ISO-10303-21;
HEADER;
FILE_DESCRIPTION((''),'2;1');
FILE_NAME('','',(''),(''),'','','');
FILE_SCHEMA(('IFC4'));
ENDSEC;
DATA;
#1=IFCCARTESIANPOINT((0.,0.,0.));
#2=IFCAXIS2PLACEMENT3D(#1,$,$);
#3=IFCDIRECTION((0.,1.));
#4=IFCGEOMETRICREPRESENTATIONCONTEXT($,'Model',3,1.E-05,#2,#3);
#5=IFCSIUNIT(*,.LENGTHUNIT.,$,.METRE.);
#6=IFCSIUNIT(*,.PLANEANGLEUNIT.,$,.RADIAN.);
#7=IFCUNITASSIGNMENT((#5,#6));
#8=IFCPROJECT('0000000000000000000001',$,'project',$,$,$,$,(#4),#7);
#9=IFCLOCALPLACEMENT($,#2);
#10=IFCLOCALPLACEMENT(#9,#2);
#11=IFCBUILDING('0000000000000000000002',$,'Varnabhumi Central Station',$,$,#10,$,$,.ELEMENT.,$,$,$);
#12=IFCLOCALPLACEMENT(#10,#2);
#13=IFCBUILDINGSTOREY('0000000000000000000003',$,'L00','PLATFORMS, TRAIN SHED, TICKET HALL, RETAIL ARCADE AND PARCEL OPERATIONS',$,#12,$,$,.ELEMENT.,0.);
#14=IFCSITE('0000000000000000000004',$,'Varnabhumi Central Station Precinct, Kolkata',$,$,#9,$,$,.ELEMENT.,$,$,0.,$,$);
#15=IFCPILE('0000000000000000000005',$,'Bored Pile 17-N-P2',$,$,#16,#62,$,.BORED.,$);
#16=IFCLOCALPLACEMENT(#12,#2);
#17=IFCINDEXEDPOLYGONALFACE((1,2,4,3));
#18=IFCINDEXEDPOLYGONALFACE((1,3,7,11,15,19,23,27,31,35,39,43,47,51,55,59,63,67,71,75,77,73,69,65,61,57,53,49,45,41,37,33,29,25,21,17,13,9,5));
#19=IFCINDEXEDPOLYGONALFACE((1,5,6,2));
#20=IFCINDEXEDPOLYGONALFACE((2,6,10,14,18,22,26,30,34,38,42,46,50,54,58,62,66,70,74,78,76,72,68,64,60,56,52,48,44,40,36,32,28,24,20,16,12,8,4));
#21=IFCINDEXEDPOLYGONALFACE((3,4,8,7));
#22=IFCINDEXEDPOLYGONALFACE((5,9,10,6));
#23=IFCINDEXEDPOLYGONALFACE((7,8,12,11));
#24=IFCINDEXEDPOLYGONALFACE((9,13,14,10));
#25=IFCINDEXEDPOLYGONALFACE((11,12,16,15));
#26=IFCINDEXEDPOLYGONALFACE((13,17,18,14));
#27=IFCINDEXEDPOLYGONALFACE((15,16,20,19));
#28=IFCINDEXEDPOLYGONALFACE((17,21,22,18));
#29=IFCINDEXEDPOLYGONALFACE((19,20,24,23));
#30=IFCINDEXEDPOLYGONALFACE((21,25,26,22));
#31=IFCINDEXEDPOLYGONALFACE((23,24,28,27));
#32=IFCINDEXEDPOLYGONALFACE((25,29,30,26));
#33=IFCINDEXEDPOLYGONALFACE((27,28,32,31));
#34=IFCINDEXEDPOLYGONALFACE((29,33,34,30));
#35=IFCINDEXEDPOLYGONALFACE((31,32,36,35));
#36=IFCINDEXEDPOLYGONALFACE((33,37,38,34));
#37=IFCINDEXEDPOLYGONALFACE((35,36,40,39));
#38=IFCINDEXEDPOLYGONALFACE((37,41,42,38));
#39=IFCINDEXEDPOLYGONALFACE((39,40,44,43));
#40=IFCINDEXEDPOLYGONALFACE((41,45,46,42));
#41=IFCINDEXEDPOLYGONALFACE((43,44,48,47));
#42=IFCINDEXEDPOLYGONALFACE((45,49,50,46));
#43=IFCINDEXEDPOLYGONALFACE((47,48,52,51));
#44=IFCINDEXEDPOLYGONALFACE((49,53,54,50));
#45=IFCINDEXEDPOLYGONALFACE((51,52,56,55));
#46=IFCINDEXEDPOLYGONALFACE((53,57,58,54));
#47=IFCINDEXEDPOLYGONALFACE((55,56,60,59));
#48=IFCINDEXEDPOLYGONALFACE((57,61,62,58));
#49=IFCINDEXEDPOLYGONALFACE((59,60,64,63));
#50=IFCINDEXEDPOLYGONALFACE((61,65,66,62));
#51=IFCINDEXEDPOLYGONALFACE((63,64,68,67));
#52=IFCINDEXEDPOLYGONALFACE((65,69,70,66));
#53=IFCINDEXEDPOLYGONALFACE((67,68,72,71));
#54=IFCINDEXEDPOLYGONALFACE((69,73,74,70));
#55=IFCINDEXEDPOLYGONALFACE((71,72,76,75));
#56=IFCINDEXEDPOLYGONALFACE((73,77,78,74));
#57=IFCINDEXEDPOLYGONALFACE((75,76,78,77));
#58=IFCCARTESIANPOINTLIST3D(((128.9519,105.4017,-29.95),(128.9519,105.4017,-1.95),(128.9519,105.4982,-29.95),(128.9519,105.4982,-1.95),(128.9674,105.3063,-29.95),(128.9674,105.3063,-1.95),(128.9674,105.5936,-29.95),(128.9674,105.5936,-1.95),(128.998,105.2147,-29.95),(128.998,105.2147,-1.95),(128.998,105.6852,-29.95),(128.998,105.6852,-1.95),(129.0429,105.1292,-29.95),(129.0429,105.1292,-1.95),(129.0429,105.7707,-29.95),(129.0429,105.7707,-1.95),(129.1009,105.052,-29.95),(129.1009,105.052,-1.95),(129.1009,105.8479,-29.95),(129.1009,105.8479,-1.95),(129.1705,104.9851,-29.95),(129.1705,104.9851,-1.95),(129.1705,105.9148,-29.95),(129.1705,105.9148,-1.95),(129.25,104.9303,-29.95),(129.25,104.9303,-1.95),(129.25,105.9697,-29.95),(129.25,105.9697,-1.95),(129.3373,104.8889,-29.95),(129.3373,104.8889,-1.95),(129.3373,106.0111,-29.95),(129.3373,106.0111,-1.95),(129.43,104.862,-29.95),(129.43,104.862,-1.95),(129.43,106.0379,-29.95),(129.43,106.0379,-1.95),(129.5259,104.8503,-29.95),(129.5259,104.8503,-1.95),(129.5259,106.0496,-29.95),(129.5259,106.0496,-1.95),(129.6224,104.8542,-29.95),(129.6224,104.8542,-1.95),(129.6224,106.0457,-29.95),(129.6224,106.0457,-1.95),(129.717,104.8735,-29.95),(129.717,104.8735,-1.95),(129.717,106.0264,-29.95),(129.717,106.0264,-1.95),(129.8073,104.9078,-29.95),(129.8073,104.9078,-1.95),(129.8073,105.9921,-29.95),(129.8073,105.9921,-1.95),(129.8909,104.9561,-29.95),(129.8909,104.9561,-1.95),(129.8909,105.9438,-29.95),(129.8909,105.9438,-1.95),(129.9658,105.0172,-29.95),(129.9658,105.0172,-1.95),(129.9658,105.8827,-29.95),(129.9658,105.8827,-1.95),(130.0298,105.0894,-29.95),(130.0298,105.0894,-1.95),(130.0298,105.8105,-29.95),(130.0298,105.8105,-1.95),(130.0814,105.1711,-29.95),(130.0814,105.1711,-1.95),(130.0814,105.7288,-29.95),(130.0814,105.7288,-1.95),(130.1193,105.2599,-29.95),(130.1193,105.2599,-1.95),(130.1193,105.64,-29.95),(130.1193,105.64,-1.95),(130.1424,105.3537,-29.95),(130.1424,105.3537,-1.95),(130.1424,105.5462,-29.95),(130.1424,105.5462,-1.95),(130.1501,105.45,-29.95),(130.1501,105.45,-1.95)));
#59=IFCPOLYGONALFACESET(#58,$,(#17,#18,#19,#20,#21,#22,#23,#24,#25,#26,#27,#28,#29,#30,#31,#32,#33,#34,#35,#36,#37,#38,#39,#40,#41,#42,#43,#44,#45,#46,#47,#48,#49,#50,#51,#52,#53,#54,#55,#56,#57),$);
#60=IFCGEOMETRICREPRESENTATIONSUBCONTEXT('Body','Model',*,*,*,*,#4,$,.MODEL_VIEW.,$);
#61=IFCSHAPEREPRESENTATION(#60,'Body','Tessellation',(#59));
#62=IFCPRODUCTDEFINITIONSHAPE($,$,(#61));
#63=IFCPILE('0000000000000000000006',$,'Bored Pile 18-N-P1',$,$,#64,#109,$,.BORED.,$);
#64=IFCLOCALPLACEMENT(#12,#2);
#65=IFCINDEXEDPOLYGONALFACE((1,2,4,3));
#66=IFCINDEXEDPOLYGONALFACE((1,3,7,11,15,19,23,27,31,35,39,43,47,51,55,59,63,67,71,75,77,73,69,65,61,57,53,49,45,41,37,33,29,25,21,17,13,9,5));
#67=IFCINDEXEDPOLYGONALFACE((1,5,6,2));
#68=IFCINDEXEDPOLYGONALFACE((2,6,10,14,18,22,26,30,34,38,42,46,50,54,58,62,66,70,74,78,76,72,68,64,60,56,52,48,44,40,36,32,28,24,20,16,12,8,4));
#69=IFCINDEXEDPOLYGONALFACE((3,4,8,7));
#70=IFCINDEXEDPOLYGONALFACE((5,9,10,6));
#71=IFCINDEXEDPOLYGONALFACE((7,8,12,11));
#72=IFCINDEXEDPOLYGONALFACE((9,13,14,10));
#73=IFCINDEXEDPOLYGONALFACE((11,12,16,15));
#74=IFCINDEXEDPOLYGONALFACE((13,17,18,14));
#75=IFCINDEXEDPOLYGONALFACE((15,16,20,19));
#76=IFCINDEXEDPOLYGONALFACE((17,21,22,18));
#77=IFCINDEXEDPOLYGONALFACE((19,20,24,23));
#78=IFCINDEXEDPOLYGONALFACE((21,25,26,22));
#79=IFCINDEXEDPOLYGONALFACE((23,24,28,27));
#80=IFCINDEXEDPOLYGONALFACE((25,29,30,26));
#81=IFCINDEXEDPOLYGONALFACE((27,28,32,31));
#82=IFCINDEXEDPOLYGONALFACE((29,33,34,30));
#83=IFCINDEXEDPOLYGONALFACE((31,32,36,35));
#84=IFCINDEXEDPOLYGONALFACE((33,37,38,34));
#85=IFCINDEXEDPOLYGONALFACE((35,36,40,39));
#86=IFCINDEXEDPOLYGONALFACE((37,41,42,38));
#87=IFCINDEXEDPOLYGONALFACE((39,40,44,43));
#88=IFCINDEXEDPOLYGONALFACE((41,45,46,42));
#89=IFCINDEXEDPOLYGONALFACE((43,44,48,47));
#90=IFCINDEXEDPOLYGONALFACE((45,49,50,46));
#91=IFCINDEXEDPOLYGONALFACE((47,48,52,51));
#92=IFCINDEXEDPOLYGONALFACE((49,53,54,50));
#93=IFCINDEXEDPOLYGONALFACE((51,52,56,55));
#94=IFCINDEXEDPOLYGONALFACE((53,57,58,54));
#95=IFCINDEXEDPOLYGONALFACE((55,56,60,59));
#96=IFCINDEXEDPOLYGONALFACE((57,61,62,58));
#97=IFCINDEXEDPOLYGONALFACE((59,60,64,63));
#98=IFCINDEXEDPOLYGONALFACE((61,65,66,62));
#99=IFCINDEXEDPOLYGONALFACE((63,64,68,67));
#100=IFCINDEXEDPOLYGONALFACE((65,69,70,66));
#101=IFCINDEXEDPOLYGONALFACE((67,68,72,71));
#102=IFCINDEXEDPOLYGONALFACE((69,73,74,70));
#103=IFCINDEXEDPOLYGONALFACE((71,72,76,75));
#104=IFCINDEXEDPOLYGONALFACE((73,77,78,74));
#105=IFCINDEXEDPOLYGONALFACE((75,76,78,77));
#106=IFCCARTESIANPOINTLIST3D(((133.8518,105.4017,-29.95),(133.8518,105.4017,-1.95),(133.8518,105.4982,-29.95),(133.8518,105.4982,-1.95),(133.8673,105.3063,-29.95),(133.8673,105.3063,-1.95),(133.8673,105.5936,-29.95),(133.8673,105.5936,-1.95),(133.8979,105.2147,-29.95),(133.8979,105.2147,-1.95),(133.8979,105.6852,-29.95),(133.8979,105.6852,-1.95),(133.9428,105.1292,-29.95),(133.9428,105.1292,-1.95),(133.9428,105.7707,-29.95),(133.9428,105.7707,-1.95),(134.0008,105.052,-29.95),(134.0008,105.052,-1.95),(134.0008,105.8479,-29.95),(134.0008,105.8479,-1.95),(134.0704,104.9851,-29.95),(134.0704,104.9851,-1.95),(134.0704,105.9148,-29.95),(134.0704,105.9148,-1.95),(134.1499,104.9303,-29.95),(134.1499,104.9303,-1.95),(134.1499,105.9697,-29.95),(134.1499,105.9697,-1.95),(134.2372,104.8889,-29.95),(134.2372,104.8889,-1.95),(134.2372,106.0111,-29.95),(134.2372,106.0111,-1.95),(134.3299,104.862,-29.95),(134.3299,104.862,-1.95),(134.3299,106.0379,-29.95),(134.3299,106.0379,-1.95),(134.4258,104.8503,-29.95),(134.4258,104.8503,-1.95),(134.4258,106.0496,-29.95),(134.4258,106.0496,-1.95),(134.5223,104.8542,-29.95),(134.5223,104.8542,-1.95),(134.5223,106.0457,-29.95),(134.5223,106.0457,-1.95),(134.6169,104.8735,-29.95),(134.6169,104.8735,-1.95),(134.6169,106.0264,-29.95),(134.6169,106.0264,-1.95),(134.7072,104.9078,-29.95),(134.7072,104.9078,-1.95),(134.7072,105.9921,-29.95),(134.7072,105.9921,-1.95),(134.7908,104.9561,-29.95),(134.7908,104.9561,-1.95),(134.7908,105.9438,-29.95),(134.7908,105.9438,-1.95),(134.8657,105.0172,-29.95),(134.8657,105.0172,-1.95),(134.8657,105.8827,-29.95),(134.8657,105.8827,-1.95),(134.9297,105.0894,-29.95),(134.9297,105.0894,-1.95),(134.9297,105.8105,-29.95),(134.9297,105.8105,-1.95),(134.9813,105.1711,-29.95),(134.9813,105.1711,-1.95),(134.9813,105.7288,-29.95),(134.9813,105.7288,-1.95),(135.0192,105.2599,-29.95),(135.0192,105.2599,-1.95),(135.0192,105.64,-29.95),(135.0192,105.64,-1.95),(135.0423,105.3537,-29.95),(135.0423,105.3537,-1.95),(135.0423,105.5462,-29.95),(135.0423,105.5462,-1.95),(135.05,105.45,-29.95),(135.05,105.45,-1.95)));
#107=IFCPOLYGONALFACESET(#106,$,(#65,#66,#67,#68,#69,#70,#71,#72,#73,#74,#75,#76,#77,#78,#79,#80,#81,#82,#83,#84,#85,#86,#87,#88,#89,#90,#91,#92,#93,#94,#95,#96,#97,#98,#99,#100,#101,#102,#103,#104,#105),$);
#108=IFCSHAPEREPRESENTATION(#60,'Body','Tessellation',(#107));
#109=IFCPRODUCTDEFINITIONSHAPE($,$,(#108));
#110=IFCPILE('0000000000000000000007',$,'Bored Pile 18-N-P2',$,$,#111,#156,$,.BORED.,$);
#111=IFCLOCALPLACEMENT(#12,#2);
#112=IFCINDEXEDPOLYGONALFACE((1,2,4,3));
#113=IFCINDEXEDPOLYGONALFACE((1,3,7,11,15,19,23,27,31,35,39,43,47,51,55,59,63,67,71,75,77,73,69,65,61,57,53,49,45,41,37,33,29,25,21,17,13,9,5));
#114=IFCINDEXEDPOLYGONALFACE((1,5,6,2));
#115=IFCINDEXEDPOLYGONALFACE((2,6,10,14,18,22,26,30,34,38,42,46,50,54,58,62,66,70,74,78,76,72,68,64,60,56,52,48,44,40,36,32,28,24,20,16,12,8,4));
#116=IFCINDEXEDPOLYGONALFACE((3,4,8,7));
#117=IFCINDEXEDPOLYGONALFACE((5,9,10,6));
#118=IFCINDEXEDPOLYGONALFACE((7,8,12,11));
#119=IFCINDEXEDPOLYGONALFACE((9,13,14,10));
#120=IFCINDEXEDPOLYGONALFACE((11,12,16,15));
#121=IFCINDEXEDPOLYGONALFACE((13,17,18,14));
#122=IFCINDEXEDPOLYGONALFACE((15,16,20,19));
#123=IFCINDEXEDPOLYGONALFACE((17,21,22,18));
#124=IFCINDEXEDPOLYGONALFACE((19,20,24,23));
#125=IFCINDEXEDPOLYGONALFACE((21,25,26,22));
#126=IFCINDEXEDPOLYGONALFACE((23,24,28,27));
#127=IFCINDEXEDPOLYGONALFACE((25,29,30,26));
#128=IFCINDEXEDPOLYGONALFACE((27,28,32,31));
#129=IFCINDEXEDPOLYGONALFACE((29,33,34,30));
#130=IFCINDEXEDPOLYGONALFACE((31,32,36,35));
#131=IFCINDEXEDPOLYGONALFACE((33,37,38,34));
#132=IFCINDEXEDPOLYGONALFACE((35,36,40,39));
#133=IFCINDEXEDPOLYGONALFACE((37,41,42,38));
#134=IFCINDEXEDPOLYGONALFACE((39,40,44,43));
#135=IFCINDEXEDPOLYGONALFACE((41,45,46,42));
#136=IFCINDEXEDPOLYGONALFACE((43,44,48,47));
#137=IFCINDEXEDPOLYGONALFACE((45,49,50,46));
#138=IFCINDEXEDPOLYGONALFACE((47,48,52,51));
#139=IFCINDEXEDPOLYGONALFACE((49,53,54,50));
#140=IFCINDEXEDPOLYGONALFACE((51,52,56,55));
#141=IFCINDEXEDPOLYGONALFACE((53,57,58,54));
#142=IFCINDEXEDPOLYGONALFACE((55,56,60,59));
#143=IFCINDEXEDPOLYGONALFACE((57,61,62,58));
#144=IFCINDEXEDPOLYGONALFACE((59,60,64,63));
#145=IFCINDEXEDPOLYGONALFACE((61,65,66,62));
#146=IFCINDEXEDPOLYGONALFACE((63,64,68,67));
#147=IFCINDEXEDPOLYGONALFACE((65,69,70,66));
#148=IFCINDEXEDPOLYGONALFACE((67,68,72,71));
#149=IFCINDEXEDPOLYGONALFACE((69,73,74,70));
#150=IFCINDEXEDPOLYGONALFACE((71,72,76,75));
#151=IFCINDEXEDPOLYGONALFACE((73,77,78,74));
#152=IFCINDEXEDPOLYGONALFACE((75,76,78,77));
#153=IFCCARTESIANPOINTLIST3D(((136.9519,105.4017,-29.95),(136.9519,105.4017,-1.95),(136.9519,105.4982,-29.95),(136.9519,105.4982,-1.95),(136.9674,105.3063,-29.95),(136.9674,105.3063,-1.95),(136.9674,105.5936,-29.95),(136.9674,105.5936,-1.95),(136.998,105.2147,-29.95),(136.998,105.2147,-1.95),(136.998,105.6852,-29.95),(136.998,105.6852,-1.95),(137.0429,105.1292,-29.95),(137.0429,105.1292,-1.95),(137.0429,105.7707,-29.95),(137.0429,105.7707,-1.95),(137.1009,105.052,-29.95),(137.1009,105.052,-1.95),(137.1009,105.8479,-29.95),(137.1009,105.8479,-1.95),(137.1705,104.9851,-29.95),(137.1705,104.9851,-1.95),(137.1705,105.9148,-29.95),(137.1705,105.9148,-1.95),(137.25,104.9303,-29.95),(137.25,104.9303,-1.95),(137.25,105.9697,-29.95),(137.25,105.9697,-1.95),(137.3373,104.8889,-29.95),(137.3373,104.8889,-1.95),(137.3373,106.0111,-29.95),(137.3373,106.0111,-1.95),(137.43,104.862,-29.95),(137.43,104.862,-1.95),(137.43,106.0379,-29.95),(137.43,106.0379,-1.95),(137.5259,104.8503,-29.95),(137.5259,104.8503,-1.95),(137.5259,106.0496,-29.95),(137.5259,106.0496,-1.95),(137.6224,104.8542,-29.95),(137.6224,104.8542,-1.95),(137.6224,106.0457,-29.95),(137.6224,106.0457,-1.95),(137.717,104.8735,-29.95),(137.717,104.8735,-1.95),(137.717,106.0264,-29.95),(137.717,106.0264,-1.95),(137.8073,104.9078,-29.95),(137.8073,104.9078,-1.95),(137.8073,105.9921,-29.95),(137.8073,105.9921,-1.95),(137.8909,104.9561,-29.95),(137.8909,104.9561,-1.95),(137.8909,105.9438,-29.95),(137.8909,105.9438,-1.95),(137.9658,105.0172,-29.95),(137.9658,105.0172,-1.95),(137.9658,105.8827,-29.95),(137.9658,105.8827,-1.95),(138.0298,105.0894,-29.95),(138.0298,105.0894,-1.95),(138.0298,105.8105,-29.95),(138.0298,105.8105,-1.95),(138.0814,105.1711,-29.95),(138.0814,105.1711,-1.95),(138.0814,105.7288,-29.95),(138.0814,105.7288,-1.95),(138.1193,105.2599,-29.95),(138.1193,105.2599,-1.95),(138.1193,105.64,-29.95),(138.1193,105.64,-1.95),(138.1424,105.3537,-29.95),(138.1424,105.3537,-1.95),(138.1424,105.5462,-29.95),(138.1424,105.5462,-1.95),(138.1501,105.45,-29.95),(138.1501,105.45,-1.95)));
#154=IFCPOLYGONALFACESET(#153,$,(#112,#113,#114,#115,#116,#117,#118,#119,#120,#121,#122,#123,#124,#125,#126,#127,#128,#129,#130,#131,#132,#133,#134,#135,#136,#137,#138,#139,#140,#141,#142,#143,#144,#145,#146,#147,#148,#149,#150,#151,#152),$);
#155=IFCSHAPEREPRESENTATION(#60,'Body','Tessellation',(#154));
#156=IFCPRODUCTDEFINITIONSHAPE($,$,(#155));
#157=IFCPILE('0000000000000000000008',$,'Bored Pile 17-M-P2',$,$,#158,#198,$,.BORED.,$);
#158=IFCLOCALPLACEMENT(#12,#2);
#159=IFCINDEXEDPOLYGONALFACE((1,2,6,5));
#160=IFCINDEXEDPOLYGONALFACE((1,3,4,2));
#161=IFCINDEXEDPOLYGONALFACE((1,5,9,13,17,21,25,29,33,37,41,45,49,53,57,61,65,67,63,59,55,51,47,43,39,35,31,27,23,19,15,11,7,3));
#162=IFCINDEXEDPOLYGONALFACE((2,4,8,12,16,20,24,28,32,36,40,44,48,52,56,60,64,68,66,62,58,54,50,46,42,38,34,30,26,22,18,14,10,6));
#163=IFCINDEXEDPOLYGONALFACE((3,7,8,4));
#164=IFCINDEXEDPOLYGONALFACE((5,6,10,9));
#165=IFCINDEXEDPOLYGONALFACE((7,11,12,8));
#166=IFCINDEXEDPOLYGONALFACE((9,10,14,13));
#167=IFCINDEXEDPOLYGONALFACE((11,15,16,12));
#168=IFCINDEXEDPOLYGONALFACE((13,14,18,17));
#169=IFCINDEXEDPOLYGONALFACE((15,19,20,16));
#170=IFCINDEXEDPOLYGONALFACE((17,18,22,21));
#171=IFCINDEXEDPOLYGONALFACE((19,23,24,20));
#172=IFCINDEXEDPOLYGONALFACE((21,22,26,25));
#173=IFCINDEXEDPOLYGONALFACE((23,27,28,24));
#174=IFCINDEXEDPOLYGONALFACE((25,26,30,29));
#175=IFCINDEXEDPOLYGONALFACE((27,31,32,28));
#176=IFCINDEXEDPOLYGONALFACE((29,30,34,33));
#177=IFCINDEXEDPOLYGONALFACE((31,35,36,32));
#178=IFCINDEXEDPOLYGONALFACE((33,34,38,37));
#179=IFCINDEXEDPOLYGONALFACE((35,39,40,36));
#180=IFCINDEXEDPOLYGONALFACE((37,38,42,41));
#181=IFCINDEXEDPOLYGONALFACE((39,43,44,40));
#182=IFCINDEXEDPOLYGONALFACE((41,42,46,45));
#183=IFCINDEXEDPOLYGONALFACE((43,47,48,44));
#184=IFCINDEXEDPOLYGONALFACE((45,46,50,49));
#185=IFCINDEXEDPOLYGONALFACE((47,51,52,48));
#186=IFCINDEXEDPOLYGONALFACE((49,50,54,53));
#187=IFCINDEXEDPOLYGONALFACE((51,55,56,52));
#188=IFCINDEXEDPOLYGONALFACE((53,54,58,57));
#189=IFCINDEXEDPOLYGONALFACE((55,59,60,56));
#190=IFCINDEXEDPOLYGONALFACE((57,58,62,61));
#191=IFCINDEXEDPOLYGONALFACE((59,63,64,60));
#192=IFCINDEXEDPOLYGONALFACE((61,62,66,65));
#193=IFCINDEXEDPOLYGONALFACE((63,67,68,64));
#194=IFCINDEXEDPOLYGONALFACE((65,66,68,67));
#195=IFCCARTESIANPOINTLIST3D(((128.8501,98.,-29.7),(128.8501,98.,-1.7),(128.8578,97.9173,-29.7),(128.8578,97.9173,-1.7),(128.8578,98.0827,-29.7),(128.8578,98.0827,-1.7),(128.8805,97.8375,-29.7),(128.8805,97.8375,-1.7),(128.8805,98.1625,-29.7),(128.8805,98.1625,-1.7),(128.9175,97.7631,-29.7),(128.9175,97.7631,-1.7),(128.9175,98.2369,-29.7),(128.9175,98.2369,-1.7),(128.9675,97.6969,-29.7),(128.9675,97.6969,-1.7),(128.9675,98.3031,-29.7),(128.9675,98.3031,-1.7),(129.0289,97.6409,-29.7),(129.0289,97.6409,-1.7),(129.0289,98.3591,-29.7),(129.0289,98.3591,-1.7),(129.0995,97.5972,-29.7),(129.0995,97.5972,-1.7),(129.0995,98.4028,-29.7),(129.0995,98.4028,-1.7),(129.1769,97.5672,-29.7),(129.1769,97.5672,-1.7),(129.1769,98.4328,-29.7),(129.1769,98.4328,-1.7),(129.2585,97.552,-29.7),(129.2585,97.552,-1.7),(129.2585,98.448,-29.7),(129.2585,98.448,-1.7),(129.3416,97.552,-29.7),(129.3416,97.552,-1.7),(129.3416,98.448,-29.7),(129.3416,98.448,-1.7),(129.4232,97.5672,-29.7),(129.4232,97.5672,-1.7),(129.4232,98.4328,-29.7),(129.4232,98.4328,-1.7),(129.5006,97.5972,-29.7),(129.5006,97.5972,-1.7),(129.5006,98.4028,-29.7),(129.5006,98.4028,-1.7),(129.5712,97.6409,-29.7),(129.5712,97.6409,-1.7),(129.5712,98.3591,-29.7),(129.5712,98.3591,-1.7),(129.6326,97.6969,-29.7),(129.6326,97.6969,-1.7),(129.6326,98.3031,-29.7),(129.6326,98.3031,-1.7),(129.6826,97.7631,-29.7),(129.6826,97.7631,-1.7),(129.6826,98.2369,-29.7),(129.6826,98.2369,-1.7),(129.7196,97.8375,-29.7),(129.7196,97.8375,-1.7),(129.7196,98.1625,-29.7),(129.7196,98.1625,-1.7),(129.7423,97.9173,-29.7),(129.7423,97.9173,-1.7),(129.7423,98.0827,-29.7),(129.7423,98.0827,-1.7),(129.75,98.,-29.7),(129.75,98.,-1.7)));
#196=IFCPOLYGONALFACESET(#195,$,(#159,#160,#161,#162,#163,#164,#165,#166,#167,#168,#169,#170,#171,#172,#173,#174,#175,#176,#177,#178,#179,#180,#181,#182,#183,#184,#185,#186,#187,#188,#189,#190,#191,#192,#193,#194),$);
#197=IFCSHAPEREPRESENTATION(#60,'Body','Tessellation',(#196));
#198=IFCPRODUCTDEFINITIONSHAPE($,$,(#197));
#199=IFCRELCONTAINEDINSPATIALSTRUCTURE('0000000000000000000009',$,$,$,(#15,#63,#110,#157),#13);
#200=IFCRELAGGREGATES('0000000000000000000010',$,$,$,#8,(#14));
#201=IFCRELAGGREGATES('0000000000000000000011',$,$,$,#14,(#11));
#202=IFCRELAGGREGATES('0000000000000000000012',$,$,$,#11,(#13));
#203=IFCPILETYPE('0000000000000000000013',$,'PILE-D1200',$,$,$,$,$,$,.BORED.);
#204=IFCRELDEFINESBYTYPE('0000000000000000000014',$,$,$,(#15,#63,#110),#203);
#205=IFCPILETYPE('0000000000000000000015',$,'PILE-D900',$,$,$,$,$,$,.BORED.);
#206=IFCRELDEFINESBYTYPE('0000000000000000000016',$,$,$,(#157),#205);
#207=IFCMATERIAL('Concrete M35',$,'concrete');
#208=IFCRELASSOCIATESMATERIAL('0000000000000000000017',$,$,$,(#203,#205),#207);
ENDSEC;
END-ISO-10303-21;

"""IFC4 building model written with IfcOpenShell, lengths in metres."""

from ifc_helpers import new_model, si_unit, direction, frame, origin, origin_2d, place, context, subcontext, project, spatial, circle, extrude, material, material_profile, profile_set, type_object, element, save


model = new_model("IFC4")

# Units and contexts
model_context = context("Model", 3, precision=1e-05, world=origin(), true_north=direction((0.0, 1.0)))
body_context = subcontext(model_context, "Body", "Model", "MODEL_VIEW")
ifc_project = project(units=[si_unit("LENGTHUNIT", "METRE"), si_unit("PLANEANGLEUNIT", "RADIAN")], contexts=[model_context])

# Site, building, storey
site_placement = place(None, origin())
site = spatial("IfcSite", under=ifc_project, at=site_placement, Name="Varnabhumi Central Station Precinct, Kolkata", CompositionType="ELEMENT", RefElevation=0.0)
building_placement = place(site_placement, origin())
building = spatial("IfcBuilding", under=site, at=building_placement, Name="Varnabhumi Central Station", CompositionType="ELEMENT")
storey_placement = place(building_placement, origin())
storey = spatial("IfcBuildingStorey", under=building, at=storey_placement, Name="L00", Description="PLATFORMS, TRAIN SHED, TICKET HALL, RETAIL ARCADE AND PARCEL OPERATIONS", CompositionType="ELEMENT", Elevation=0.0)

# Piles
ifc_material_1 = material(Name="Concrete M35", Category="concrete")
ifc_material_profile_1 = material_profile(ifc_material_1, circle(Radius=0.6001, at=origin_2d()), Name="Concrete M35", Category="concrete")
ifc_profile_set_1 = profile_set([ifc_material_profile_1], Name="Concrete M35")
pile_type_1 = type_object("IfcPileType", Name="PILE-D1200", PredefinedType="BORED", material=ifc_profile_set_1)
for number, where, z_axis, x_axis, name in (
    (1, (129.55, 105.45, -1.95), (0.0, 0.0, -1.0), (1.0, 0.0, 0.0), "Bored Pile 17-N-P2"),
    (2, (134.45, 105.45, -1.95), (0.0, 0.0, -1.0), (1.0, 0.0, 0.0), "Bored Pile 18-N-P1"),
    (3, (137.55, 105.45, -1.95), (0.0, 0.0, -1.0), (1.0, 0.0, 0.0), "Bored Pile 18-N-P2"),
):
    element("IfcPile", number, at=place(storey_placement, frame(where, z_axis=z_axis, x_axis=x_axis)), inside=storey, type_object=pile_type_1, Name=name, PredefinedType="BORED", context=body_context, shape_type="SweptSolid", body=[
        extrude(circle(Radius=0.6001, at=origin_2d()), origin(), (0.0, 0.0, 1.0), 28.0),
    ])
ifc_material_profile_2 = material_profile(ifc_material_1, circle(Radius=0.45, at=origin_2d()), Name="Concrete M35", Category="concrete")
ifc_profile_set_2 = profile_set([ifc_material_profile_2], Name="Concrete M35")
pile_type_2 = type_object("IfcPileType", Name="PILE-D900", PredefinedType="BORED", material=ifc_profile_set_2)
for number, where, z_axis, x_axis, name in (
    (4, (129.3, 98.0, -1.7), (0.0, 0.0, -1.0), (1.0, 0.0, 0.0), "Bored Pile 17-M-P2"),
):
    element("IfcPile", number, at=place(storey_placement, frame(where, z_axis=z_axis, x_axis=x_axis)), inside=storey, type_object=pile_type_2, Name=name, PredefinedType="BORED", context=body_context, shape_type="SweptSolid", body=[
        extrude(circle(Radius=0.45, at=origin_2d()), origin(), (0.0, 0.0, 1.0), 28.0),
    ])

save(model, "model.ifc")
